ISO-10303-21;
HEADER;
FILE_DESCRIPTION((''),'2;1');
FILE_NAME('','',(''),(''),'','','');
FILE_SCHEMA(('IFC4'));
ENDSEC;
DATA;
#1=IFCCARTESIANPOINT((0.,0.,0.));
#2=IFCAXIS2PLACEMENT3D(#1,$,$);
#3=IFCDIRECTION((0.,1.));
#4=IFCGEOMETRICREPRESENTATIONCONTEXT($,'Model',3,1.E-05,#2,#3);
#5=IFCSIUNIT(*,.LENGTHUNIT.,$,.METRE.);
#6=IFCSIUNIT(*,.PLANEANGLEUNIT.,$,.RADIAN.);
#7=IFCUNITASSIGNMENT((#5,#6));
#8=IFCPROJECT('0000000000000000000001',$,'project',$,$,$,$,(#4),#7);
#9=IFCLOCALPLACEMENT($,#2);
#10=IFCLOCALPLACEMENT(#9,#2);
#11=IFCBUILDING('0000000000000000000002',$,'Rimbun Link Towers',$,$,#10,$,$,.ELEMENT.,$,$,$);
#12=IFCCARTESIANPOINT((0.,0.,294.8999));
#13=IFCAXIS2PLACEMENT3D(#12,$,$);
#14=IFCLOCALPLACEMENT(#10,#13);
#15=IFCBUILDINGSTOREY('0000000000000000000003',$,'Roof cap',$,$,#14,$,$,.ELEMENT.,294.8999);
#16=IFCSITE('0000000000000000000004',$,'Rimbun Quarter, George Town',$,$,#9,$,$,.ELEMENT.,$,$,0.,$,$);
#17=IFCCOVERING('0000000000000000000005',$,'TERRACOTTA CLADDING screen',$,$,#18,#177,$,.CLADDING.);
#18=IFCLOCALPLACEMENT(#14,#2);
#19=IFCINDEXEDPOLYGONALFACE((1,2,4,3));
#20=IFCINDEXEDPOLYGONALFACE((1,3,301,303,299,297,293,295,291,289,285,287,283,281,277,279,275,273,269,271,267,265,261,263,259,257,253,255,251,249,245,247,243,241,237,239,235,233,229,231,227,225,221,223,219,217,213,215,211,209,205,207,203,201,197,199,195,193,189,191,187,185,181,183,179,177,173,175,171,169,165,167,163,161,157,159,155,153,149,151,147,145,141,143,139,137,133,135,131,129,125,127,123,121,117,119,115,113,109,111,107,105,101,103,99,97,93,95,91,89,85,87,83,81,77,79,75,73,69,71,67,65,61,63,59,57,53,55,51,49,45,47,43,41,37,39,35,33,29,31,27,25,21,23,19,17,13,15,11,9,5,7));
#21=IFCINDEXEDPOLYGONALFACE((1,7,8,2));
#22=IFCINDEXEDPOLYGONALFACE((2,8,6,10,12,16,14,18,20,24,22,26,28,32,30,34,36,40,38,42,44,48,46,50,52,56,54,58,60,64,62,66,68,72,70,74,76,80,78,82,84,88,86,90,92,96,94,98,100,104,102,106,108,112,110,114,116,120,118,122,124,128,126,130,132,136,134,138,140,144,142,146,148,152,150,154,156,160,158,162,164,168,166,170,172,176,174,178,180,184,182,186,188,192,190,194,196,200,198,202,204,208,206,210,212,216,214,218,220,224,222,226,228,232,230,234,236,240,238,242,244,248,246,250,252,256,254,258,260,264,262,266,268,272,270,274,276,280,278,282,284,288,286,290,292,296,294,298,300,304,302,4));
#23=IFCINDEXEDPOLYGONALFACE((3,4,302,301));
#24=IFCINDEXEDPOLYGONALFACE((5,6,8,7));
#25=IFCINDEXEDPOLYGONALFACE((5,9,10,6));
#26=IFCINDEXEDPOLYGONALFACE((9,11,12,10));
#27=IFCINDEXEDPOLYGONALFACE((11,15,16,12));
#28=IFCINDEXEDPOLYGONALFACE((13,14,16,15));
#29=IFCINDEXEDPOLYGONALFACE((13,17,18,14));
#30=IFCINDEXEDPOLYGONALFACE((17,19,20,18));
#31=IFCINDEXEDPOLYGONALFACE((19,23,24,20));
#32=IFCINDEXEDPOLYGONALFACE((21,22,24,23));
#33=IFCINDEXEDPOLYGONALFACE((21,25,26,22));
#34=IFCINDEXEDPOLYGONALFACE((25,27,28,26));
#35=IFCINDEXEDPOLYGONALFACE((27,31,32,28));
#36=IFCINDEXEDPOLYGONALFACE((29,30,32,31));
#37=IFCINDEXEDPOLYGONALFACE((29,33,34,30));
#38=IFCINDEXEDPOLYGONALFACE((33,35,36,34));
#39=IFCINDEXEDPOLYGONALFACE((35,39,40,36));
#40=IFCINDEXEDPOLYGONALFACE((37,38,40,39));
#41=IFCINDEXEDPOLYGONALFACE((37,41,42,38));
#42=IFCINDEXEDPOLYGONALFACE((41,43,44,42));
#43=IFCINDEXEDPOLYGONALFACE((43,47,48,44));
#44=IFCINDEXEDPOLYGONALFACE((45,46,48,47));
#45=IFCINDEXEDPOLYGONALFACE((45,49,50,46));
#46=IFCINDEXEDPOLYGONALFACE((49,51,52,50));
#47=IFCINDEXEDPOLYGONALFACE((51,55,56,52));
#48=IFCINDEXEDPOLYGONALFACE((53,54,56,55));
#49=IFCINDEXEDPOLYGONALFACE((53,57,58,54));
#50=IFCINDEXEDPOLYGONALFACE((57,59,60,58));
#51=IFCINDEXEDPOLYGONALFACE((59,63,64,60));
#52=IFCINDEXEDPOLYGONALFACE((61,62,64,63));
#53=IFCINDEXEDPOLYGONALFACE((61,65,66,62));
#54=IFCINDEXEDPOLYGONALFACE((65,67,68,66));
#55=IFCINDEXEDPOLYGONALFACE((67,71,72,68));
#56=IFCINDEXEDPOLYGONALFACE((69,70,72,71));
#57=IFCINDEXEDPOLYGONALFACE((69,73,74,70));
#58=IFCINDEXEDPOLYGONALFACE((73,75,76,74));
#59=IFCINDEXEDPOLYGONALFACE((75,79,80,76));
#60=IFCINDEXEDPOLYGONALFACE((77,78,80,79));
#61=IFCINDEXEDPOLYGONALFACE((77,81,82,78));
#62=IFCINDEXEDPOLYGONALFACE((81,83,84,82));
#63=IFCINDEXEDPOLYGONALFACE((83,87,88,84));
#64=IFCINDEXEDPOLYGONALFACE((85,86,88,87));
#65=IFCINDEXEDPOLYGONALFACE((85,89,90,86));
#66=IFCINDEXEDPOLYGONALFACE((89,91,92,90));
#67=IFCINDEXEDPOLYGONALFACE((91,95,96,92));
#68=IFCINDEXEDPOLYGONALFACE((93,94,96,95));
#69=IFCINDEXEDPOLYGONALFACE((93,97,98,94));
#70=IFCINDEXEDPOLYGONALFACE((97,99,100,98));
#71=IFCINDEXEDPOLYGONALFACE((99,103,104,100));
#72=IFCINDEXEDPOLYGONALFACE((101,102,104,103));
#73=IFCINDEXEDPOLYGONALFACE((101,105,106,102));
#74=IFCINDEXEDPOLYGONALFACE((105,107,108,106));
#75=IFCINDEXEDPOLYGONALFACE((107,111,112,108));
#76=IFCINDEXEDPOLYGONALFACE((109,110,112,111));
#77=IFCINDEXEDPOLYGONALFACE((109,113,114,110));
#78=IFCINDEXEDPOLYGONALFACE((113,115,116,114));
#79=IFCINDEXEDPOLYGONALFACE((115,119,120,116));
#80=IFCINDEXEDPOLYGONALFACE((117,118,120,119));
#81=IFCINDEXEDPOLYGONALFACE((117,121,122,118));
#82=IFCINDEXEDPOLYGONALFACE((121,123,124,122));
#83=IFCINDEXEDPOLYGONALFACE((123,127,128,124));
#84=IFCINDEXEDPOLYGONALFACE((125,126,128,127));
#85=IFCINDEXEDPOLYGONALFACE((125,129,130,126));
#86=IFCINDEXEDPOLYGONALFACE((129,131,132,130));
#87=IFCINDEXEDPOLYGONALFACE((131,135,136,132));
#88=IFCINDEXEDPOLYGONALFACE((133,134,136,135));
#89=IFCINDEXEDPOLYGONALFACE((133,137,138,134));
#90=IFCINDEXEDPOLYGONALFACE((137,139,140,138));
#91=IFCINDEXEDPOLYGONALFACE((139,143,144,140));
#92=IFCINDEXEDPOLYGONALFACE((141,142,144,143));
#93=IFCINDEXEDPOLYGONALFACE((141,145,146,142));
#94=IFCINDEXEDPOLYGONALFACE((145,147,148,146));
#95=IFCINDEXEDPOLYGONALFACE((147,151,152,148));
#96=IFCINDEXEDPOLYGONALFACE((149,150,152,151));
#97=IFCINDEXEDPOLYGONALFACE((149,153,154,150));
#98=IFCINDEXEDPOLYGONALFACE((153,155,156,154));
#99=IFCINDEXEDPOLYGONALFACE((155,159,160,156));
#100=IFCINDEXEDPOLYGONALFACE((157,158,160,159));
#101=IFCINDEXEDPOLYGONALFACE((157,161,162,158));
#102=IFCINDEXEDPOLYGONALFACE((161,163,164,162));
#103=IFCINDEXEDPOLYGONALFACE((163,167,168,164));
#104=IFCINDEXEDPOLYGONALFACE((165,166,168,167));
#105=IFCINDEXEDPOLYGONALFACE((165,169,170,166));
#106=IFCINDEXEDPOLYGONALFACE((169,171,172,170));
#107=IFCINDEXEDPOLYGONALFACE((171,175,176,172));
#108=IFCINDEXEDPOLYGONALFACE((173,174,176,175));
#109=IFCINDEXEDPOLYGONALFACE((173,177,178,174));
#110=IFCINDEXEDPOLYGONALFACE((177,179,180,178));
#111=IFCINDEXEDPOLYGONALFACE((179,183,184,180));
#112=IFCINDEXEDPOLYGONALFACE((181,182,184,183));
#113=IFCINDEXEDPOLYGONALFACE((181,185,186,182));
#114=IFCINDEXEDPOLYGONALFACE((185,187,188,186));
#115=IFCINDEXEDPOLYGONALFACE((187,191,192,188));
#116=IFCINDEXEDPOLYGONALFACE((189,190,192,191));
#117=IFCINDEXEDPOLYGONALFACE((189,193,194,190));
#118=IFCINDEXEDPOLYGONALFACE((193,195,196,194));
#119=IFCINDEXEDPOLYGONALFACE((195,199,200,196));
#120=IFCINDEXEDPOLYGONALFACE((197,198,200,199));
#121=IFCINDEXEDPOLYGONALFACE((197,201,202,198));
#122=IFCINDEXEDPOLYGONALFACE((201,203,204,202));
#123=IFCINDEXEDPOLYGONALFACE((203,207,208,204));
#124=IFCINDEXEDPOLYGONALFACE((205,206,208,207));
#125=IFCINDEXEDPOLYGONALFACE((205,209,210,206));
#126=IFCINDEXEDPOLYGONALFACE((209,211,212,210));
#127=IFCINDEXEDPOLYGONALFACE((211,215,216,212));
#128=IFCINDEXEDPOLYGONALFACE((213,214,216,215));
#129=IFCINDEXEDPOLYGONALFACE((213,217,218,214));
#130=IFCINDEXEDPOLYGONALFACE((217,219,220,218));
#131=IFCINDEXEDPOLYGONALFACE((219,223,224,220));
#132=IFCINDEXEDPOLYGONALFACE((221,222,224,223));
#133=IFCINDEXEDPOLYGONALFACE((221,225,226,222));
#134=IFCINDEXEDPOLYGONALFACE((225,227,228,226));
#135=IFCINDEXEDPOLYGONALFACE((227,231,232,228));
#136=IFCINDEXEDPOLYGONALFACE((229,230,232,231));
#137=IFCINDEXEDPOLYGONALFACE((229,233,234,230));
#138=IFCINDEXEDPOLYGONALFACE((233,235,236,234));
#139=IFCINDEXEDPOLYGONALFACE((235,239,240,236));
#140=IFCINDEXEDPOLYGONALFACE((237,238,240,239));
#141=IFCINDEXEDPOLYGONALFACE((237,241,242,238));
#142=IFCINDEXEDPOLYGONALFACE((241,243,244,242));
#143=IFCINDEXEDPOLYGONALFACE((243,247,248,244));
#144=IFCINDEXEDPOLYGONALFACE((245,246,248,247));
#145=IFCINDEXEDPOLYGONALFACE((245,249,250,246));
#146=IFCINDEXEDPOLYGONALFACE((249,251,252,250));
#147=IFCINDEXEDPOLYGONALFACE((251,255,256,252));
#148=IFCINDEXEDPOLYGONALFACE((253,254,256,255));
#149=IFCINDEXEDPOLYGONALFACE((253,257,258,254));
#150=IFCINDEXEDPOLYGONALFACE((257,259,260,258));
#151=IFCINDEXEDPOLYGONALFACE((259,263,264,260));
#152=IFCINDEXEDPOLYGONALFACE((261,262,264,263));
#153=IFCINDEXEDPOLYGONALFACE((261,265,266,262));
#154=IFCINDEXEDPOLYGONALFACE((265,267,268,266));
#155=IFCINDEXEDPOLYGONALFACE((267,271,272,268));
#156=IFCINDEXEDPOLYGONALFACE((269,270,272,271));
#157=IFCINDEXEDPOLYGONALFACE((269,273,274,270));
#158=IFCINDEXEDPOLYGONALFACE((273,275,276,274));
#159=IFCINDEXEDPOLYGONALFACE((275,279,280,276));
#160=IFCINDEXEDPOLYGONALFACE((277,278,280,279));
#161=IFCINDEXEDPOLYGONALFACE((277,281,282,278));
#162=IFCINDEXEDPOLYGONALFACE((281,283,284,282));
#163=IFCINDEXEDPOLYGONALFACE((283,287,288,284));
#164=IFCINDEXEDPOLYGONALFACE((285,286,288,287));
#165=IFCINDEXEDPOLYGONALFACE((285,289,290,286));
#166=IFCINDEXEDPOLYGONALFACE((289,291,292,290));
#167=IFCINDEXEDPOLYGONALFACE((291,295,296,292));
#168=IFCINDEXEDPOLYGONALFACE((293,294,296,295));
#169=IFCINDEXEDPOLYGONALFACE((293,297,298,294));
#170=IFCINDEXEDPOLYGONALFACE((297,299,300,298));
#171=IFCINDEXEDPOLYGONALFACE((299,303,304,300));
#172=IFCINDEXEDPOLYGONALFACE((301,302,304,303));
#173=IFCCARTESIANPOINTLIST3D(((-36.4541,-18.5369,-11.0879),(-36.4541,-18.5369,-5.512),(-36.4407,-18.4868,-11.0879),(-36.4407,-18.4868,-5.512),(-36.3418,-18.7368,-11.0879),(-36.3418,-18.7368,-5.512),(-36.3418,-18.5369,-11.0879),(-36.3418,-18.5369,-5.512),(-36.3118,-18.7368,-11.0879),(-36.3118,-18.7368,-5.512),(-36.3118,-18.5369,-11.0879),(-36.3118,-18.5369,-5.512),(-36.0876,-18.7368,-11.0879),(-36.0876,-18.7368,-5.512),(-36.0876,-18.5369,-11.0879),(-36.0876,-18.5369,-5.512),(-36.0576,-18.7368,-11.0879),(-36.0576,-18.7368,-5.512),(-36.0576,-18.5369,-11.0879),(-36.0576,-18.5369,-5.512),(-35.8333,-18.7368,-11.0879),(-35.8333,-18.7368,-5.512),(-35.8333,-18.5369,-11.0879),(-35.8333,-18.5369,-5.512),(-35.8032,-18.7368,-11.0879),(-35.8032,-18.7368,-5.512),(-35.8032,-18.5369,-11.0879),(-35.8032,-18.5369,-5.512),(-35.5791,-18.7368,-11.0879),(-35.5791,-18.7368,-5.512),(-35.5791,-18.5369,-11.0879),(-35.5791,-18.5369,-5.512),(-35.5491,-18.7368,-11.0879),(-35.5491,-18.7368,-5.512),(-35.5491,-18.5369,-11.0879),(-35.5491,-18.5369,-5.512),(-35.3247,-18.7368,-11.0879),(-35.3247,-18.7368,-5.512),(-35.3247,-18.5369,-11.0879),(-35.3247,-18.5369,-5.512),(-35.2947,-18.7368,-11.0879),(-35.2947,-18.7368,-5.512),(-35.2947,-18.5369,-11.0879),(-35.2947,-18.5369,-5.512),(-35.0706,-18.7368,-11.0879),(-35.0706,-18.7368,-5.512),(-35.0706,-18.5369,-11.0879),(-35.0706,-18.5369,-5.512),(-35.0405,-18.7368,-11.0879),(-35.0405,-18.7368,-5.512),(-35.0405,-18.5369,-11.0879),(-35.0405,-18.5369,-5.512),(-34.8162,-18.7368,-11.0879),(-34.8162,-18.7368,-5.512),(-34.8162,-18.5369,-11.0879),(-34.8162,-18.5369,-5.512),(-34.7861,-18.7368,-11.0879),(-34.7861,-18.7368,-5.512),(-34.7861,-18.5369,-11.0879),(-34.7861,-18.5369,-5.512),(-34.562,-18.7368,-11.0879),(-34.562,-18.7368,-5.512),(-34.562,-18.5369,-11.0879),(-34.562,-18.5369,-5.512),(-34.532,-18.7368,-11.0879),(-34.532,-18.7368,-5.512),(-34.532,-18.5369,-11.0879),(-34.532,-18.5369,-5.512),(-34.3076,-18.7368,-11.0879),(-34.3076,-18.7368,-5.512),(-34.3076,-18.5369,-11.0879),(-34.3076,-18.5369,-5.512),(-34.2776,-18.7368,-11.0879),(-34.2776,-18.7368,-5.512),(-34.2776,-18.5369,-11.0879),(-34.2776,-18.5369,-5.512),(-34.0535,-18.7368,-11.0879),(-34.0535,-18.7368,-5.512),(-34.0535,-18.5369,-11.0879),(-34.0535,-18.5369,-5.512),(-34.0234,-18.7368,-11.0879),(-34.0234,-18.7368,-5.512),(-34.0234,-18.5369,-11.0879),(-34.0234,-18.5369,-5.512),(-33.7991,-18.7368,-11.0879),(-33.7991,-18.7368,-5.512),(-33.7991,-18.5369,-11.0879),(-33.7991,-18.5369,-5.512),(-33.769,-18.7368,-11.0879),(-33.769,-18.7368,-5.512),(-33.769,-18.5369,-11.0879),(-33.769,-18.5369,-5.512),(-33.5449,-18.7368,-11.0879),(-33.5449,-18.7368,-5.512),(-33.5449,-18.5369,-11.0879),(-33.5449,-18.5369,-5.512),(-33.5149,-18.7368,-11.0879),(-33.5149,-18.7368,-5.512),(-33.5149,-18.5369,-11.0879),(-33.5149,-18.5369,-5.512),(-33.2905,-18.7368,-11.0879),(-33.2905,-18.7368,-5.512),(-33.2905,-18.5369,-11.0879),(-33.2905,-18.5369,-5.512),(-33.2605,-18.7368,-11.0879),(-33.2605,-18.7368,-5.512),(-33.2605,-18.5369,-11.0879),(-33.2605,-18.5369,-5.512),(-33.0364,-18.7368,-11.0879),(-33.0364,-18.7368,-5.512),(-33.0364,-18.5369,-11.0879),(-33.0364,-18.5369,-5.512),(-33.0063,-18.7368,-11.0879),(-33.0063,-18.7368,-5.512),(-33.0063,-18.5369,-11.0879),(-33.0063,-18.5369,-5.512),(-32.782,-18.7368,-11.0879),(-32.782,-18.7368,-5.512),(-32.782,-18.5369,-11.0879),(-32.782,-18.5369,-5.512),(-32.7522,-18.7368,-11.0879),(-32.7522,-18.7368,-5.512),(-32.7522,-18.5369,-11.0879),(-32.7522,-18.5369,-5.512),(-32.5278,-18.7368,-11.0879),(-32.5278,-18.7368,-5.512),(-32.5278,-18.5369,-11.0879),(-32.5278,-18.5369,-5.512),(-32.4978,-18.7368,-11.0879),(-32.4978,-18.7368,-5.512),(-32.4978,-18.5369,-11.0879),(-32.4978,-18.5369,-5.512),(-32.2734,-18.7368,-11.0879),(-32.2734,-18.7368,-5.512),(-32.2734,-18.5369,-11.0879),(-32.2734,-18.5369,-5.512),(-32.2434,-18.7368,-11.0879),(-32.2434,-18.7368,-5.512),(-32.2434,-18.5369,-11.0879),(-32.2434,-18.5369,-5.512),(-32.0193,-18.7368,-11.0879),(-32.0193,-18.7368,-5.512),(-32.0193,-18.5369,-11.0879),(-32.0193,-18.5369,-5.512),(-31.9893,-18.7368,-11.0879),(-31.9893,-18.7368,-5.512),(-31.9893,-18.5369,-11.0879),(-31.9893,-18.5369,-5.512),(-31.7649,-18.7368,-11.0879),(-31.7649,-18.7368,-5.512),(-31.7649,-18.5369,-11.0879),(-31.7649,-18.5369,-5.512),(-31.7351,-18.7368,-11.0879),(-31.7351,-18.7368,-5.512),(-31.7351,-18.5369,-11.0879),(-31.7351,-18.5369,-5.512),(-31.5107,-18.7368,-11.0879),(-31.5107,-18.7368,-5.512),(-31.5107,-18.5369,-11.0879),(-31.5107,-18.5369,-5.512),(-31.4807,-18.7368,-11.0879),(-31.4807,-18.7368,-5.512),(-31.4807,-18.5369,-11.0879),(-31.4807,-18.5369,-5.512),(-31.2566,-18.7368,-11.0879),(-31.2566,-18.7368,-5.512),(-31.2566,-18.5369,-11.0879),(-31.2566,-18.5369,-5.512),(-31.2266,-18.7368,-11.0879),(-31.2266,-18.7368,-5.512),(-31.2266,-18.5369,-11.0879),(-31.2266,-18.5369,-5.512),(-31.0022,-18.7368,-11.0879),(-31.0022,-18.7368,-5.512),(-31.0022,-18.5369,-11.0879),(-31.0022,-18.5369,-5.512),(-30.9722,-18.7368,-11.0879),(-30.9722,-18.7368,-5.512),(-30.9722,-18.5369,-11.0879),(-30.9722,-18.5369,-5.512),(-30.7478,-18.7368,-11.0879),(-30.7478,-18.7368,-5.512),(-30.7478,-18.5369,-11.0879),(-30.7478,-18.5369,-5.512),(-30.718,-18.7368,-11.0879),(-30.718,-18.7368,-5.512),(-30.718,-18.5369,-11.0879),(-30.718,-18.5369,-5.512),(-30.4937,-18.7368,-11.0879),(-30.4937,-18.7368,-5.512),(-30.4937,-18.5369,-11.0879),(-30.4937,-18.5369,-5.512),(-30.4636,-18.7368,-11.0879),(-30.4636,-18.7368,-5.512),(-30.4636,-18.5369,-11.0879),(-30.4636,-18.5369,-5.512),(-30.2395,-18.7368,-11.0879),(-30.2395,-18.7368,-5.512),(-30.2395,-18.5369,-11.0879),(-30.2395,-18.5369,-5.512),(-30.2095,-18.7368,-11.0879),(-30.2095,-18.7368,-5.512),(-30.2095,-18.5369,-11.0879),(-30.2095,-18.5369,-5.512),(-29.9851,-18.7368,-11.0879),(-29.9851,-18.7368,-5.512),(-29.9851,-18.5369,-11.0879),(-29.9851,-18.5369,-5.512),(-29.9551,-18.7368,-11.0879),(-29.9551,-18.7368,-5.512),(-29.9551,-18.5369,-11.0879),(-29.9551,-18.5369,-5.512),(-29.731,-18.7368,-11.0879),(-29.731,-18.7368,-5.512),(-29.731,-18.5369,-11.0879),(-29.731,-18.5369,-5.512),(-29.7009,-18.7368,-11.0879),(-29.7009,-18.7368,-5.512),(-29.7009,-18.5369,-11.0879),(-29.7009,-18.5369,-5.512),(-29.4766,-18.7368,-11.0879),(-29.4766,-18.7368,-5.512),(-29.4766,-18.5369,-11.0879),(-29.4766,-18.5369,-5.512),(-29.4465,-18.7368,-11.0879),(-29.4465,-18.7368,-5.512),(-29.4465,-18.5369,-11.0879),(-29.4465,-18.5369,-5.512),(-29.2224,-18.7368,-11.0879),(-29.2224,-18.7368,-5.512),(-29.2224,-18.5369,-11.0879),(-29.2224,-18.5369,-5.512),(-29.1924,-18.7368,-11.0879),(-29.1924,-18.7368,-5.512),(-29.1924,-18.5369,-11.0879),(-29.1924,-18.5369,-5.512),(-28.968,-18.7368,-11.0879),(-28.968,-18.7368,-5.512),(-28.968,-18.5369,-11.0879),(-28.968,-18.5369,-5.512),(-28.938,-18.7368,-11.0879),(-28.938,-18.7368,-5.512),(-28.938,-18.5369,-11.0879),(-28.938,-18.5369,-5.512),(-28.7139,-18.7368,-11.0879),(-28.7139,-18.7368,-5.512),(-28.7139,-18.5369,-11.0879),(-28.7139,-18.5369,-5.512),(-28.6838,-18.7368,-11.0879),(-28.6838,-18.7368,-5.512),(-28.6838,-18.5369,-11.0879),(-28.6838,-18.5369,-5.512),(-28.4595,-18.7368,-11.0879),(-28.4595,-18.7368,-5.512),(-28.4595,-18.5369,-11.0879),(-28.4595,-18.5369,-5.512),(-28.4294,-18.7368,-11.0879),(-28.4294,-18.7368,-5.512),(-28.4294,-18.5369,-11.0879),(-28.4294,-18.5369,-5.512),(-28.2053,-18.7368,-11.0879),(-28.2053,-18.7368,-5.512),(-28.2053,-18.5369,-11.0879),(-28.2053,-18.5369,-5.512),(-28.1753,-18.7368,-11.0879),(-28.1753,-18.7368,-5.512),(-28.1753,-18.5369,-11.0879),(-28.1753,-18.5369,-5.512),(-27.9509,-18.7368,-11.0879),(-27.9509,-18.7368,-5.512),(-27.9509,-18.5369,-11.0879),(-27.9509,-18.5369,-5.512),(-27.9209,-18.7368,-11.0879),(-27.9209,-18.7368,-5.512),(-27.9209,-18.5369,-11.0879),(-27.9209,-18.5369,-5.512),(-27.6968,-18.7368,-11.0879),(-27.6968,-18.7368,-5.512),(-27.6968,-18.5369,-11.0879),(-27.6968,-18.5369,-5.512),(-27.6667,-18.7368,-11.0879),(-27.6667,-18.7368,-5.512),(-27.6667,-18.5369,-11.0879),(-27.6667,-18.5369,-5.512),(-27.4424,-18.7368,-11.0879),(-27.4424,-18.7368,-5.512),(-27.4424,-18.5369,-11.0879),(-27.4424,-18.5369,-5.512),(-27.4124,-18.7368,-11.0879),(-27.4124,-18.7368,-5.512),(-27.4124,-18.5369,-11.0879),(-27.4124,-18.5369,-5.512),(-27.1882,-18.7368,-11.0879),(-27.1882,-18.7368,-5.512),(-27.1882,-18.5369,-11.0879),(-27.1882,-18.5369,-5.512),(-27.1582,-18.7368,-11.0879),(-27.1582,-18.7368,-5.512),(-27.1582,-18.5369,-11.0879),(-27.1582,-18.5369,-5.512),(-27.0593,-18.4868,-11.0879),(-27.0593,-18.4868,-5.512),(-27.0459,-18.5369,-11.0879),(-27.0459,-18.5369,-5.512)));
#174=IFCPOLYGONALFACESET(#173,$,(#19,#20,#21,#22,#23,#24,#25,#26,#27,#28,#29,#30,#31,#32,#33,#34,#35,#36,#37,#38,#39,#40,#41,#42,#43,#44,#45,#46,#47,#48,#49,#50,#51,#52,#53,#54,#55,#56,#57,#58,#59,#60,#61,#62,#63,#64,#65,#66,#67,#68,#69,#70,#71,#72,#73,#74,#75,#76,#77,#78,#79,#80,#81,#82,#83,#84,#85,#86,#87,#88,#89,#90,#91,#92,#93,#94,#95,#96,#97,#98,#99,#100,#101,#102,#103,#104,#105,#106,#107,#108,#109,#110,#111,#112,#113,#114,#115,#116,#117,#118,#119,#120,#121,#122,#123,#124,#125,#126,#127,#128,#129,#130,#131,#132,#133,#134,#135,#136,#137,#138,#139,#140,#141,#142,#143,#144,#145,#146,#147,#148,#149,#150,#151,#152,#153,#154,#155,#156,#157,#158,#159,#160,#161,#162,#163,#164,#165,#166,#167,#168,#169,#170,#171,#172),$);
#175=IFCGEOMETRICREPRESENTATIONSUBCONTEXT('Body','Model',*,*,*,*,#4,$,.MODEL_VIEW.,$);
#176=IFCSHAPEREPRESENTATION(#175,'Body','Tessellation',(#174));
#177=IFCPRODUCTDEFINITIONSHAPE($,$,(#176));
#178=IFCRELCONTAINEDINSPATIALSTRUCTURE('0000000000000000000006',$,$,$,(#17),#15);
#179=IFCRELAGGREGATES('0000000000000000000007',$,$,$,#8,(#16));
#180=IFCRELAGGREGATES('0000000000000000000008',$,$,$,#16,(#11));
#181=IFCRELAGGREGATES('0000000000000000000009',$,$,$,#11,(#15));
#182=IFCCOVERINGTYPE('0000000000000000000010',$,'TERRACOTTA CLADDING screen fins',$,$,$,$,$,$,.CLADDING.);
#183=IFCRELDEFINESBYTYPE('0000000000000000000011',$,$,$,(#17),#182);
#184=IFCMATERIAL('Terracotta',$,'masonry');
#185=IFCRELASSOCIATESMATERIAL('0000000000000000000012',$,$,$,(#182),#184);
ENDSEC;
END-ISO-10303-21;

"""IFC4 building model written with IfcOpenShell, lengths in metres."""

from ifc_helpers import new_model, si_unit, direction, frame, origin, place, context, subcontext, project, spatial, polyline, outline, extrude, material, type_object, element, save


model = new_model("IFC4")

# Units and contexts
model_context = context("Model", 3, precision=1e-05, world=origin(), true_north=direction((0.0, 1.0)))
body_context = subcontext(model_context, "Body", "Model", "MODEL_VIEW")
ifc_project = project(units=[si_unit("LENGTHUNIT", "METRE"), si_unit("PLANEANGLEUNIT", "RADIAN")], contexts=[model_context])

# Site, building, storey
site_placement = place(None, origin())
site = spatial("IfcSite", under=ifc_project, at=site_placement, Name="Rimbun Quarter, George Town", CompositionType="ELEMENT", RefElevation=0.0)
building_placement = place(site_placement, origin())
building = spatial("IfcBuilding", under=site, at=building_placement, Name="Rimbun Link Towers", CompositionType="ELEMENT")
storey_placement = place(building_placement, frame((0.0, 0.0, 294.8999)))
storey = spatial("IfcBuildingStorey", under=building, at=storey_placement, Name="Roof cap", CompositionType="ELEMENT", Elevation=294.8999)

# Covering
ifc_material = material(Name="Terracotta", Category="masonry")
covering_type = type_object("IfcCoveringType", Name="TERRACOTTA CLADDING screen fins", PredefinedType="CLADDING", material=ifc_material)
covering_1_placement = place(storey_placement, frame((0.0, 0.0, -11.0879)))
element("IfcCovering", 1, at=covering_1_placement, inside=storey, type_object=covering_type, Name="TERRACOTTA CLADDING screen", PredefinedType="CLADDING", context=body_context, shape_type="SweptSolid", body=[
    extrude(outline(polyline([(-36.4541, -18.5369), (-36.3418, -18.5369), (-36.3418, -18.7368), (-36.3118, -18.7368), (-36.3118, -18.5369), (-36.0876, -18.5369), (-36.0876, -18.7368), (-36.0576, -18.7368), (-36.0576, -18.5369), (-35.8333, -18.5369), (-35.8333, -18.7368), (-35.8032, -18.7368), (-35.8032, -18.5369), (-35.5791, -18.5369), (-35.5791, -18.7368), (-35.5491, -18.7368), (-35.5491, -18.5369), (-35.3247, -18.5369), (-35.3247, -18.7368), (-35.2947, -18.7368), (-35.2947, -18.5369), (-35.0706, -18.5369), (-35.0706, -18.7368), (-35.0405, -18.7368), (-35.0405, -18.5369), (-34.8162, -18.5369), (-34.8162, -18.7368), (-34.7861, -18.7368), (-34.7861, -18.5369), (-34.562, -18.5369), (-34.562, -18.7368), (-34.532, -18.7368), (-34.532, -18.5369), (-34.3076, -18.5369), (-34.3076, -18.7368), (-34.2776, -18.7368), (-34.2776, -18.5369), (-34.0535, -18.5369), (-34.0535, -18.7368), (-34.0234, -18.7368), (-34.0234, -18.5369), (-33.7991, -18.5369), (-33.7991, -18.7368), (-33.769, -18.7368), (-33.769, -18.5369), (-33.5449, -18.5369), (-33.5449, -18.7368), (-33.5149, -18.7368), (-33.5149, -18.5369), (-33.2905, -18.5369), (-33.2905, -18.7368), (-33.2605, -18.7368), (-33.2605, -18.5369), (-33.0364, -18.5369), (-33.0364, -18.7368), (-33.0063, -18.7368), (-33.0063, -18.5369), (-32.782, -18.5369), (-32.782, -18.7368), (-32.7522, -18.7368), (-32.7522, -18.5369), (-32.5278, -18.5369), (-32.5278, -18.7368), (-32.4978, -18.7368), (-32.4978, -18.5369), (-32.2734, -18.5369), (-32.2734, -18.7368), (-32.2434, -18.7368), (-32.2434, -18.5369), (-32.0193, -18.5369), (-32.0193, -18.7368), (-31.9893, -18.7368), (-31.9893, -18.5369), (-31.7649, -18.5369), (-31.7649, -18.7368), (-31.7351, -18.7368), (-31.7351, -18.5369), (-31.5107, -18.5369), (-31.5107, -18.7368), (-31.4807, -18.7368), (-31.4807, -18.5369), (-31.2566, -18.5369), (-31.2566, -18.7368), (-31.2266, -18.7368), (-31.2266, -18.5369), (-31.0022, -18.5369), (-31.0022, -18.7368), (-30.9722, -18.7368), (-30.9722, -18.5369), (-30.7478, -18.5369), (-30.7478, -18.7368), (-30.718, -18.7368), (-30.718, -18.5369), (-30.4937, -18.5369), (-30.4937, -18.7368), (-30.4636, -18.7368), (-30.4636, -18.5369), (-30.2395, -18.5369), (-30.2395, -18.7368), (-30.2095, -18.7368), (-30.2095, -18.5369), (-29.9851, -18.5369), (-29.9851, -18.7368), (-29.9551, -18.7368), (-29.9551, -18.5369), (-29.731, -18.5369), (-29.731, -18.7368), (-29.7009, -18.7368), (-29.7009, -18.5369), (-29.4766, -18.5369), (-29.4766, -18.7368), (-29.4465, -18.7368), (-29.4465, -18.5369), (-29.2224, -18.5369), (-29.2224, -18.7368), (-29.1924, -18.7368), (-29.1924, -18.5369), (-28.968, -18.5369), (-28.968, -18.7368), (-28.938, -18.7368), (-28.938, -18.5369), (-28.7139, -18.5369), (-28.7139, -18.7368), (-28.6838, -18.7368), (-28.6838, -18.5369), (-28.4595, -18.5369), (-28.4595, -18.7368), (-28.4294, -18.7368), (-28.4294, -18.5369), (-28.2053, -18.5369), (-28.2053, -18.7368), (-28.1753, -18.7368), (-28.1753, -18.5369), (-27.9509, -18.5369), (-27.9509, -18.7368), (-27.9209, -18.7368), (-27.9209, -18.5369), (-27.6968, -18.5369), (-27.6968, -18.7368), (-27.6667, -18.7368), (-27.6667, -18.5369), (-27.4424, -18.5369), (-27.4424, -18.7368), (-27.4124, -18.7368), (-27.4124, -18.5369), (-27.1882, -18.5369), (-27.1882, -18.7368), (-27.1582, -18.7368), (-27.1582, -18.5369), (-27.0459, -18.5369), (-27.0593, -18.4868), (-36.4407, -18.4868), (-36.4541, -18.5369)])), origin(), (0.0, 0.0, 1.0), 5.5759),
])

save(model, "model.ifc")
